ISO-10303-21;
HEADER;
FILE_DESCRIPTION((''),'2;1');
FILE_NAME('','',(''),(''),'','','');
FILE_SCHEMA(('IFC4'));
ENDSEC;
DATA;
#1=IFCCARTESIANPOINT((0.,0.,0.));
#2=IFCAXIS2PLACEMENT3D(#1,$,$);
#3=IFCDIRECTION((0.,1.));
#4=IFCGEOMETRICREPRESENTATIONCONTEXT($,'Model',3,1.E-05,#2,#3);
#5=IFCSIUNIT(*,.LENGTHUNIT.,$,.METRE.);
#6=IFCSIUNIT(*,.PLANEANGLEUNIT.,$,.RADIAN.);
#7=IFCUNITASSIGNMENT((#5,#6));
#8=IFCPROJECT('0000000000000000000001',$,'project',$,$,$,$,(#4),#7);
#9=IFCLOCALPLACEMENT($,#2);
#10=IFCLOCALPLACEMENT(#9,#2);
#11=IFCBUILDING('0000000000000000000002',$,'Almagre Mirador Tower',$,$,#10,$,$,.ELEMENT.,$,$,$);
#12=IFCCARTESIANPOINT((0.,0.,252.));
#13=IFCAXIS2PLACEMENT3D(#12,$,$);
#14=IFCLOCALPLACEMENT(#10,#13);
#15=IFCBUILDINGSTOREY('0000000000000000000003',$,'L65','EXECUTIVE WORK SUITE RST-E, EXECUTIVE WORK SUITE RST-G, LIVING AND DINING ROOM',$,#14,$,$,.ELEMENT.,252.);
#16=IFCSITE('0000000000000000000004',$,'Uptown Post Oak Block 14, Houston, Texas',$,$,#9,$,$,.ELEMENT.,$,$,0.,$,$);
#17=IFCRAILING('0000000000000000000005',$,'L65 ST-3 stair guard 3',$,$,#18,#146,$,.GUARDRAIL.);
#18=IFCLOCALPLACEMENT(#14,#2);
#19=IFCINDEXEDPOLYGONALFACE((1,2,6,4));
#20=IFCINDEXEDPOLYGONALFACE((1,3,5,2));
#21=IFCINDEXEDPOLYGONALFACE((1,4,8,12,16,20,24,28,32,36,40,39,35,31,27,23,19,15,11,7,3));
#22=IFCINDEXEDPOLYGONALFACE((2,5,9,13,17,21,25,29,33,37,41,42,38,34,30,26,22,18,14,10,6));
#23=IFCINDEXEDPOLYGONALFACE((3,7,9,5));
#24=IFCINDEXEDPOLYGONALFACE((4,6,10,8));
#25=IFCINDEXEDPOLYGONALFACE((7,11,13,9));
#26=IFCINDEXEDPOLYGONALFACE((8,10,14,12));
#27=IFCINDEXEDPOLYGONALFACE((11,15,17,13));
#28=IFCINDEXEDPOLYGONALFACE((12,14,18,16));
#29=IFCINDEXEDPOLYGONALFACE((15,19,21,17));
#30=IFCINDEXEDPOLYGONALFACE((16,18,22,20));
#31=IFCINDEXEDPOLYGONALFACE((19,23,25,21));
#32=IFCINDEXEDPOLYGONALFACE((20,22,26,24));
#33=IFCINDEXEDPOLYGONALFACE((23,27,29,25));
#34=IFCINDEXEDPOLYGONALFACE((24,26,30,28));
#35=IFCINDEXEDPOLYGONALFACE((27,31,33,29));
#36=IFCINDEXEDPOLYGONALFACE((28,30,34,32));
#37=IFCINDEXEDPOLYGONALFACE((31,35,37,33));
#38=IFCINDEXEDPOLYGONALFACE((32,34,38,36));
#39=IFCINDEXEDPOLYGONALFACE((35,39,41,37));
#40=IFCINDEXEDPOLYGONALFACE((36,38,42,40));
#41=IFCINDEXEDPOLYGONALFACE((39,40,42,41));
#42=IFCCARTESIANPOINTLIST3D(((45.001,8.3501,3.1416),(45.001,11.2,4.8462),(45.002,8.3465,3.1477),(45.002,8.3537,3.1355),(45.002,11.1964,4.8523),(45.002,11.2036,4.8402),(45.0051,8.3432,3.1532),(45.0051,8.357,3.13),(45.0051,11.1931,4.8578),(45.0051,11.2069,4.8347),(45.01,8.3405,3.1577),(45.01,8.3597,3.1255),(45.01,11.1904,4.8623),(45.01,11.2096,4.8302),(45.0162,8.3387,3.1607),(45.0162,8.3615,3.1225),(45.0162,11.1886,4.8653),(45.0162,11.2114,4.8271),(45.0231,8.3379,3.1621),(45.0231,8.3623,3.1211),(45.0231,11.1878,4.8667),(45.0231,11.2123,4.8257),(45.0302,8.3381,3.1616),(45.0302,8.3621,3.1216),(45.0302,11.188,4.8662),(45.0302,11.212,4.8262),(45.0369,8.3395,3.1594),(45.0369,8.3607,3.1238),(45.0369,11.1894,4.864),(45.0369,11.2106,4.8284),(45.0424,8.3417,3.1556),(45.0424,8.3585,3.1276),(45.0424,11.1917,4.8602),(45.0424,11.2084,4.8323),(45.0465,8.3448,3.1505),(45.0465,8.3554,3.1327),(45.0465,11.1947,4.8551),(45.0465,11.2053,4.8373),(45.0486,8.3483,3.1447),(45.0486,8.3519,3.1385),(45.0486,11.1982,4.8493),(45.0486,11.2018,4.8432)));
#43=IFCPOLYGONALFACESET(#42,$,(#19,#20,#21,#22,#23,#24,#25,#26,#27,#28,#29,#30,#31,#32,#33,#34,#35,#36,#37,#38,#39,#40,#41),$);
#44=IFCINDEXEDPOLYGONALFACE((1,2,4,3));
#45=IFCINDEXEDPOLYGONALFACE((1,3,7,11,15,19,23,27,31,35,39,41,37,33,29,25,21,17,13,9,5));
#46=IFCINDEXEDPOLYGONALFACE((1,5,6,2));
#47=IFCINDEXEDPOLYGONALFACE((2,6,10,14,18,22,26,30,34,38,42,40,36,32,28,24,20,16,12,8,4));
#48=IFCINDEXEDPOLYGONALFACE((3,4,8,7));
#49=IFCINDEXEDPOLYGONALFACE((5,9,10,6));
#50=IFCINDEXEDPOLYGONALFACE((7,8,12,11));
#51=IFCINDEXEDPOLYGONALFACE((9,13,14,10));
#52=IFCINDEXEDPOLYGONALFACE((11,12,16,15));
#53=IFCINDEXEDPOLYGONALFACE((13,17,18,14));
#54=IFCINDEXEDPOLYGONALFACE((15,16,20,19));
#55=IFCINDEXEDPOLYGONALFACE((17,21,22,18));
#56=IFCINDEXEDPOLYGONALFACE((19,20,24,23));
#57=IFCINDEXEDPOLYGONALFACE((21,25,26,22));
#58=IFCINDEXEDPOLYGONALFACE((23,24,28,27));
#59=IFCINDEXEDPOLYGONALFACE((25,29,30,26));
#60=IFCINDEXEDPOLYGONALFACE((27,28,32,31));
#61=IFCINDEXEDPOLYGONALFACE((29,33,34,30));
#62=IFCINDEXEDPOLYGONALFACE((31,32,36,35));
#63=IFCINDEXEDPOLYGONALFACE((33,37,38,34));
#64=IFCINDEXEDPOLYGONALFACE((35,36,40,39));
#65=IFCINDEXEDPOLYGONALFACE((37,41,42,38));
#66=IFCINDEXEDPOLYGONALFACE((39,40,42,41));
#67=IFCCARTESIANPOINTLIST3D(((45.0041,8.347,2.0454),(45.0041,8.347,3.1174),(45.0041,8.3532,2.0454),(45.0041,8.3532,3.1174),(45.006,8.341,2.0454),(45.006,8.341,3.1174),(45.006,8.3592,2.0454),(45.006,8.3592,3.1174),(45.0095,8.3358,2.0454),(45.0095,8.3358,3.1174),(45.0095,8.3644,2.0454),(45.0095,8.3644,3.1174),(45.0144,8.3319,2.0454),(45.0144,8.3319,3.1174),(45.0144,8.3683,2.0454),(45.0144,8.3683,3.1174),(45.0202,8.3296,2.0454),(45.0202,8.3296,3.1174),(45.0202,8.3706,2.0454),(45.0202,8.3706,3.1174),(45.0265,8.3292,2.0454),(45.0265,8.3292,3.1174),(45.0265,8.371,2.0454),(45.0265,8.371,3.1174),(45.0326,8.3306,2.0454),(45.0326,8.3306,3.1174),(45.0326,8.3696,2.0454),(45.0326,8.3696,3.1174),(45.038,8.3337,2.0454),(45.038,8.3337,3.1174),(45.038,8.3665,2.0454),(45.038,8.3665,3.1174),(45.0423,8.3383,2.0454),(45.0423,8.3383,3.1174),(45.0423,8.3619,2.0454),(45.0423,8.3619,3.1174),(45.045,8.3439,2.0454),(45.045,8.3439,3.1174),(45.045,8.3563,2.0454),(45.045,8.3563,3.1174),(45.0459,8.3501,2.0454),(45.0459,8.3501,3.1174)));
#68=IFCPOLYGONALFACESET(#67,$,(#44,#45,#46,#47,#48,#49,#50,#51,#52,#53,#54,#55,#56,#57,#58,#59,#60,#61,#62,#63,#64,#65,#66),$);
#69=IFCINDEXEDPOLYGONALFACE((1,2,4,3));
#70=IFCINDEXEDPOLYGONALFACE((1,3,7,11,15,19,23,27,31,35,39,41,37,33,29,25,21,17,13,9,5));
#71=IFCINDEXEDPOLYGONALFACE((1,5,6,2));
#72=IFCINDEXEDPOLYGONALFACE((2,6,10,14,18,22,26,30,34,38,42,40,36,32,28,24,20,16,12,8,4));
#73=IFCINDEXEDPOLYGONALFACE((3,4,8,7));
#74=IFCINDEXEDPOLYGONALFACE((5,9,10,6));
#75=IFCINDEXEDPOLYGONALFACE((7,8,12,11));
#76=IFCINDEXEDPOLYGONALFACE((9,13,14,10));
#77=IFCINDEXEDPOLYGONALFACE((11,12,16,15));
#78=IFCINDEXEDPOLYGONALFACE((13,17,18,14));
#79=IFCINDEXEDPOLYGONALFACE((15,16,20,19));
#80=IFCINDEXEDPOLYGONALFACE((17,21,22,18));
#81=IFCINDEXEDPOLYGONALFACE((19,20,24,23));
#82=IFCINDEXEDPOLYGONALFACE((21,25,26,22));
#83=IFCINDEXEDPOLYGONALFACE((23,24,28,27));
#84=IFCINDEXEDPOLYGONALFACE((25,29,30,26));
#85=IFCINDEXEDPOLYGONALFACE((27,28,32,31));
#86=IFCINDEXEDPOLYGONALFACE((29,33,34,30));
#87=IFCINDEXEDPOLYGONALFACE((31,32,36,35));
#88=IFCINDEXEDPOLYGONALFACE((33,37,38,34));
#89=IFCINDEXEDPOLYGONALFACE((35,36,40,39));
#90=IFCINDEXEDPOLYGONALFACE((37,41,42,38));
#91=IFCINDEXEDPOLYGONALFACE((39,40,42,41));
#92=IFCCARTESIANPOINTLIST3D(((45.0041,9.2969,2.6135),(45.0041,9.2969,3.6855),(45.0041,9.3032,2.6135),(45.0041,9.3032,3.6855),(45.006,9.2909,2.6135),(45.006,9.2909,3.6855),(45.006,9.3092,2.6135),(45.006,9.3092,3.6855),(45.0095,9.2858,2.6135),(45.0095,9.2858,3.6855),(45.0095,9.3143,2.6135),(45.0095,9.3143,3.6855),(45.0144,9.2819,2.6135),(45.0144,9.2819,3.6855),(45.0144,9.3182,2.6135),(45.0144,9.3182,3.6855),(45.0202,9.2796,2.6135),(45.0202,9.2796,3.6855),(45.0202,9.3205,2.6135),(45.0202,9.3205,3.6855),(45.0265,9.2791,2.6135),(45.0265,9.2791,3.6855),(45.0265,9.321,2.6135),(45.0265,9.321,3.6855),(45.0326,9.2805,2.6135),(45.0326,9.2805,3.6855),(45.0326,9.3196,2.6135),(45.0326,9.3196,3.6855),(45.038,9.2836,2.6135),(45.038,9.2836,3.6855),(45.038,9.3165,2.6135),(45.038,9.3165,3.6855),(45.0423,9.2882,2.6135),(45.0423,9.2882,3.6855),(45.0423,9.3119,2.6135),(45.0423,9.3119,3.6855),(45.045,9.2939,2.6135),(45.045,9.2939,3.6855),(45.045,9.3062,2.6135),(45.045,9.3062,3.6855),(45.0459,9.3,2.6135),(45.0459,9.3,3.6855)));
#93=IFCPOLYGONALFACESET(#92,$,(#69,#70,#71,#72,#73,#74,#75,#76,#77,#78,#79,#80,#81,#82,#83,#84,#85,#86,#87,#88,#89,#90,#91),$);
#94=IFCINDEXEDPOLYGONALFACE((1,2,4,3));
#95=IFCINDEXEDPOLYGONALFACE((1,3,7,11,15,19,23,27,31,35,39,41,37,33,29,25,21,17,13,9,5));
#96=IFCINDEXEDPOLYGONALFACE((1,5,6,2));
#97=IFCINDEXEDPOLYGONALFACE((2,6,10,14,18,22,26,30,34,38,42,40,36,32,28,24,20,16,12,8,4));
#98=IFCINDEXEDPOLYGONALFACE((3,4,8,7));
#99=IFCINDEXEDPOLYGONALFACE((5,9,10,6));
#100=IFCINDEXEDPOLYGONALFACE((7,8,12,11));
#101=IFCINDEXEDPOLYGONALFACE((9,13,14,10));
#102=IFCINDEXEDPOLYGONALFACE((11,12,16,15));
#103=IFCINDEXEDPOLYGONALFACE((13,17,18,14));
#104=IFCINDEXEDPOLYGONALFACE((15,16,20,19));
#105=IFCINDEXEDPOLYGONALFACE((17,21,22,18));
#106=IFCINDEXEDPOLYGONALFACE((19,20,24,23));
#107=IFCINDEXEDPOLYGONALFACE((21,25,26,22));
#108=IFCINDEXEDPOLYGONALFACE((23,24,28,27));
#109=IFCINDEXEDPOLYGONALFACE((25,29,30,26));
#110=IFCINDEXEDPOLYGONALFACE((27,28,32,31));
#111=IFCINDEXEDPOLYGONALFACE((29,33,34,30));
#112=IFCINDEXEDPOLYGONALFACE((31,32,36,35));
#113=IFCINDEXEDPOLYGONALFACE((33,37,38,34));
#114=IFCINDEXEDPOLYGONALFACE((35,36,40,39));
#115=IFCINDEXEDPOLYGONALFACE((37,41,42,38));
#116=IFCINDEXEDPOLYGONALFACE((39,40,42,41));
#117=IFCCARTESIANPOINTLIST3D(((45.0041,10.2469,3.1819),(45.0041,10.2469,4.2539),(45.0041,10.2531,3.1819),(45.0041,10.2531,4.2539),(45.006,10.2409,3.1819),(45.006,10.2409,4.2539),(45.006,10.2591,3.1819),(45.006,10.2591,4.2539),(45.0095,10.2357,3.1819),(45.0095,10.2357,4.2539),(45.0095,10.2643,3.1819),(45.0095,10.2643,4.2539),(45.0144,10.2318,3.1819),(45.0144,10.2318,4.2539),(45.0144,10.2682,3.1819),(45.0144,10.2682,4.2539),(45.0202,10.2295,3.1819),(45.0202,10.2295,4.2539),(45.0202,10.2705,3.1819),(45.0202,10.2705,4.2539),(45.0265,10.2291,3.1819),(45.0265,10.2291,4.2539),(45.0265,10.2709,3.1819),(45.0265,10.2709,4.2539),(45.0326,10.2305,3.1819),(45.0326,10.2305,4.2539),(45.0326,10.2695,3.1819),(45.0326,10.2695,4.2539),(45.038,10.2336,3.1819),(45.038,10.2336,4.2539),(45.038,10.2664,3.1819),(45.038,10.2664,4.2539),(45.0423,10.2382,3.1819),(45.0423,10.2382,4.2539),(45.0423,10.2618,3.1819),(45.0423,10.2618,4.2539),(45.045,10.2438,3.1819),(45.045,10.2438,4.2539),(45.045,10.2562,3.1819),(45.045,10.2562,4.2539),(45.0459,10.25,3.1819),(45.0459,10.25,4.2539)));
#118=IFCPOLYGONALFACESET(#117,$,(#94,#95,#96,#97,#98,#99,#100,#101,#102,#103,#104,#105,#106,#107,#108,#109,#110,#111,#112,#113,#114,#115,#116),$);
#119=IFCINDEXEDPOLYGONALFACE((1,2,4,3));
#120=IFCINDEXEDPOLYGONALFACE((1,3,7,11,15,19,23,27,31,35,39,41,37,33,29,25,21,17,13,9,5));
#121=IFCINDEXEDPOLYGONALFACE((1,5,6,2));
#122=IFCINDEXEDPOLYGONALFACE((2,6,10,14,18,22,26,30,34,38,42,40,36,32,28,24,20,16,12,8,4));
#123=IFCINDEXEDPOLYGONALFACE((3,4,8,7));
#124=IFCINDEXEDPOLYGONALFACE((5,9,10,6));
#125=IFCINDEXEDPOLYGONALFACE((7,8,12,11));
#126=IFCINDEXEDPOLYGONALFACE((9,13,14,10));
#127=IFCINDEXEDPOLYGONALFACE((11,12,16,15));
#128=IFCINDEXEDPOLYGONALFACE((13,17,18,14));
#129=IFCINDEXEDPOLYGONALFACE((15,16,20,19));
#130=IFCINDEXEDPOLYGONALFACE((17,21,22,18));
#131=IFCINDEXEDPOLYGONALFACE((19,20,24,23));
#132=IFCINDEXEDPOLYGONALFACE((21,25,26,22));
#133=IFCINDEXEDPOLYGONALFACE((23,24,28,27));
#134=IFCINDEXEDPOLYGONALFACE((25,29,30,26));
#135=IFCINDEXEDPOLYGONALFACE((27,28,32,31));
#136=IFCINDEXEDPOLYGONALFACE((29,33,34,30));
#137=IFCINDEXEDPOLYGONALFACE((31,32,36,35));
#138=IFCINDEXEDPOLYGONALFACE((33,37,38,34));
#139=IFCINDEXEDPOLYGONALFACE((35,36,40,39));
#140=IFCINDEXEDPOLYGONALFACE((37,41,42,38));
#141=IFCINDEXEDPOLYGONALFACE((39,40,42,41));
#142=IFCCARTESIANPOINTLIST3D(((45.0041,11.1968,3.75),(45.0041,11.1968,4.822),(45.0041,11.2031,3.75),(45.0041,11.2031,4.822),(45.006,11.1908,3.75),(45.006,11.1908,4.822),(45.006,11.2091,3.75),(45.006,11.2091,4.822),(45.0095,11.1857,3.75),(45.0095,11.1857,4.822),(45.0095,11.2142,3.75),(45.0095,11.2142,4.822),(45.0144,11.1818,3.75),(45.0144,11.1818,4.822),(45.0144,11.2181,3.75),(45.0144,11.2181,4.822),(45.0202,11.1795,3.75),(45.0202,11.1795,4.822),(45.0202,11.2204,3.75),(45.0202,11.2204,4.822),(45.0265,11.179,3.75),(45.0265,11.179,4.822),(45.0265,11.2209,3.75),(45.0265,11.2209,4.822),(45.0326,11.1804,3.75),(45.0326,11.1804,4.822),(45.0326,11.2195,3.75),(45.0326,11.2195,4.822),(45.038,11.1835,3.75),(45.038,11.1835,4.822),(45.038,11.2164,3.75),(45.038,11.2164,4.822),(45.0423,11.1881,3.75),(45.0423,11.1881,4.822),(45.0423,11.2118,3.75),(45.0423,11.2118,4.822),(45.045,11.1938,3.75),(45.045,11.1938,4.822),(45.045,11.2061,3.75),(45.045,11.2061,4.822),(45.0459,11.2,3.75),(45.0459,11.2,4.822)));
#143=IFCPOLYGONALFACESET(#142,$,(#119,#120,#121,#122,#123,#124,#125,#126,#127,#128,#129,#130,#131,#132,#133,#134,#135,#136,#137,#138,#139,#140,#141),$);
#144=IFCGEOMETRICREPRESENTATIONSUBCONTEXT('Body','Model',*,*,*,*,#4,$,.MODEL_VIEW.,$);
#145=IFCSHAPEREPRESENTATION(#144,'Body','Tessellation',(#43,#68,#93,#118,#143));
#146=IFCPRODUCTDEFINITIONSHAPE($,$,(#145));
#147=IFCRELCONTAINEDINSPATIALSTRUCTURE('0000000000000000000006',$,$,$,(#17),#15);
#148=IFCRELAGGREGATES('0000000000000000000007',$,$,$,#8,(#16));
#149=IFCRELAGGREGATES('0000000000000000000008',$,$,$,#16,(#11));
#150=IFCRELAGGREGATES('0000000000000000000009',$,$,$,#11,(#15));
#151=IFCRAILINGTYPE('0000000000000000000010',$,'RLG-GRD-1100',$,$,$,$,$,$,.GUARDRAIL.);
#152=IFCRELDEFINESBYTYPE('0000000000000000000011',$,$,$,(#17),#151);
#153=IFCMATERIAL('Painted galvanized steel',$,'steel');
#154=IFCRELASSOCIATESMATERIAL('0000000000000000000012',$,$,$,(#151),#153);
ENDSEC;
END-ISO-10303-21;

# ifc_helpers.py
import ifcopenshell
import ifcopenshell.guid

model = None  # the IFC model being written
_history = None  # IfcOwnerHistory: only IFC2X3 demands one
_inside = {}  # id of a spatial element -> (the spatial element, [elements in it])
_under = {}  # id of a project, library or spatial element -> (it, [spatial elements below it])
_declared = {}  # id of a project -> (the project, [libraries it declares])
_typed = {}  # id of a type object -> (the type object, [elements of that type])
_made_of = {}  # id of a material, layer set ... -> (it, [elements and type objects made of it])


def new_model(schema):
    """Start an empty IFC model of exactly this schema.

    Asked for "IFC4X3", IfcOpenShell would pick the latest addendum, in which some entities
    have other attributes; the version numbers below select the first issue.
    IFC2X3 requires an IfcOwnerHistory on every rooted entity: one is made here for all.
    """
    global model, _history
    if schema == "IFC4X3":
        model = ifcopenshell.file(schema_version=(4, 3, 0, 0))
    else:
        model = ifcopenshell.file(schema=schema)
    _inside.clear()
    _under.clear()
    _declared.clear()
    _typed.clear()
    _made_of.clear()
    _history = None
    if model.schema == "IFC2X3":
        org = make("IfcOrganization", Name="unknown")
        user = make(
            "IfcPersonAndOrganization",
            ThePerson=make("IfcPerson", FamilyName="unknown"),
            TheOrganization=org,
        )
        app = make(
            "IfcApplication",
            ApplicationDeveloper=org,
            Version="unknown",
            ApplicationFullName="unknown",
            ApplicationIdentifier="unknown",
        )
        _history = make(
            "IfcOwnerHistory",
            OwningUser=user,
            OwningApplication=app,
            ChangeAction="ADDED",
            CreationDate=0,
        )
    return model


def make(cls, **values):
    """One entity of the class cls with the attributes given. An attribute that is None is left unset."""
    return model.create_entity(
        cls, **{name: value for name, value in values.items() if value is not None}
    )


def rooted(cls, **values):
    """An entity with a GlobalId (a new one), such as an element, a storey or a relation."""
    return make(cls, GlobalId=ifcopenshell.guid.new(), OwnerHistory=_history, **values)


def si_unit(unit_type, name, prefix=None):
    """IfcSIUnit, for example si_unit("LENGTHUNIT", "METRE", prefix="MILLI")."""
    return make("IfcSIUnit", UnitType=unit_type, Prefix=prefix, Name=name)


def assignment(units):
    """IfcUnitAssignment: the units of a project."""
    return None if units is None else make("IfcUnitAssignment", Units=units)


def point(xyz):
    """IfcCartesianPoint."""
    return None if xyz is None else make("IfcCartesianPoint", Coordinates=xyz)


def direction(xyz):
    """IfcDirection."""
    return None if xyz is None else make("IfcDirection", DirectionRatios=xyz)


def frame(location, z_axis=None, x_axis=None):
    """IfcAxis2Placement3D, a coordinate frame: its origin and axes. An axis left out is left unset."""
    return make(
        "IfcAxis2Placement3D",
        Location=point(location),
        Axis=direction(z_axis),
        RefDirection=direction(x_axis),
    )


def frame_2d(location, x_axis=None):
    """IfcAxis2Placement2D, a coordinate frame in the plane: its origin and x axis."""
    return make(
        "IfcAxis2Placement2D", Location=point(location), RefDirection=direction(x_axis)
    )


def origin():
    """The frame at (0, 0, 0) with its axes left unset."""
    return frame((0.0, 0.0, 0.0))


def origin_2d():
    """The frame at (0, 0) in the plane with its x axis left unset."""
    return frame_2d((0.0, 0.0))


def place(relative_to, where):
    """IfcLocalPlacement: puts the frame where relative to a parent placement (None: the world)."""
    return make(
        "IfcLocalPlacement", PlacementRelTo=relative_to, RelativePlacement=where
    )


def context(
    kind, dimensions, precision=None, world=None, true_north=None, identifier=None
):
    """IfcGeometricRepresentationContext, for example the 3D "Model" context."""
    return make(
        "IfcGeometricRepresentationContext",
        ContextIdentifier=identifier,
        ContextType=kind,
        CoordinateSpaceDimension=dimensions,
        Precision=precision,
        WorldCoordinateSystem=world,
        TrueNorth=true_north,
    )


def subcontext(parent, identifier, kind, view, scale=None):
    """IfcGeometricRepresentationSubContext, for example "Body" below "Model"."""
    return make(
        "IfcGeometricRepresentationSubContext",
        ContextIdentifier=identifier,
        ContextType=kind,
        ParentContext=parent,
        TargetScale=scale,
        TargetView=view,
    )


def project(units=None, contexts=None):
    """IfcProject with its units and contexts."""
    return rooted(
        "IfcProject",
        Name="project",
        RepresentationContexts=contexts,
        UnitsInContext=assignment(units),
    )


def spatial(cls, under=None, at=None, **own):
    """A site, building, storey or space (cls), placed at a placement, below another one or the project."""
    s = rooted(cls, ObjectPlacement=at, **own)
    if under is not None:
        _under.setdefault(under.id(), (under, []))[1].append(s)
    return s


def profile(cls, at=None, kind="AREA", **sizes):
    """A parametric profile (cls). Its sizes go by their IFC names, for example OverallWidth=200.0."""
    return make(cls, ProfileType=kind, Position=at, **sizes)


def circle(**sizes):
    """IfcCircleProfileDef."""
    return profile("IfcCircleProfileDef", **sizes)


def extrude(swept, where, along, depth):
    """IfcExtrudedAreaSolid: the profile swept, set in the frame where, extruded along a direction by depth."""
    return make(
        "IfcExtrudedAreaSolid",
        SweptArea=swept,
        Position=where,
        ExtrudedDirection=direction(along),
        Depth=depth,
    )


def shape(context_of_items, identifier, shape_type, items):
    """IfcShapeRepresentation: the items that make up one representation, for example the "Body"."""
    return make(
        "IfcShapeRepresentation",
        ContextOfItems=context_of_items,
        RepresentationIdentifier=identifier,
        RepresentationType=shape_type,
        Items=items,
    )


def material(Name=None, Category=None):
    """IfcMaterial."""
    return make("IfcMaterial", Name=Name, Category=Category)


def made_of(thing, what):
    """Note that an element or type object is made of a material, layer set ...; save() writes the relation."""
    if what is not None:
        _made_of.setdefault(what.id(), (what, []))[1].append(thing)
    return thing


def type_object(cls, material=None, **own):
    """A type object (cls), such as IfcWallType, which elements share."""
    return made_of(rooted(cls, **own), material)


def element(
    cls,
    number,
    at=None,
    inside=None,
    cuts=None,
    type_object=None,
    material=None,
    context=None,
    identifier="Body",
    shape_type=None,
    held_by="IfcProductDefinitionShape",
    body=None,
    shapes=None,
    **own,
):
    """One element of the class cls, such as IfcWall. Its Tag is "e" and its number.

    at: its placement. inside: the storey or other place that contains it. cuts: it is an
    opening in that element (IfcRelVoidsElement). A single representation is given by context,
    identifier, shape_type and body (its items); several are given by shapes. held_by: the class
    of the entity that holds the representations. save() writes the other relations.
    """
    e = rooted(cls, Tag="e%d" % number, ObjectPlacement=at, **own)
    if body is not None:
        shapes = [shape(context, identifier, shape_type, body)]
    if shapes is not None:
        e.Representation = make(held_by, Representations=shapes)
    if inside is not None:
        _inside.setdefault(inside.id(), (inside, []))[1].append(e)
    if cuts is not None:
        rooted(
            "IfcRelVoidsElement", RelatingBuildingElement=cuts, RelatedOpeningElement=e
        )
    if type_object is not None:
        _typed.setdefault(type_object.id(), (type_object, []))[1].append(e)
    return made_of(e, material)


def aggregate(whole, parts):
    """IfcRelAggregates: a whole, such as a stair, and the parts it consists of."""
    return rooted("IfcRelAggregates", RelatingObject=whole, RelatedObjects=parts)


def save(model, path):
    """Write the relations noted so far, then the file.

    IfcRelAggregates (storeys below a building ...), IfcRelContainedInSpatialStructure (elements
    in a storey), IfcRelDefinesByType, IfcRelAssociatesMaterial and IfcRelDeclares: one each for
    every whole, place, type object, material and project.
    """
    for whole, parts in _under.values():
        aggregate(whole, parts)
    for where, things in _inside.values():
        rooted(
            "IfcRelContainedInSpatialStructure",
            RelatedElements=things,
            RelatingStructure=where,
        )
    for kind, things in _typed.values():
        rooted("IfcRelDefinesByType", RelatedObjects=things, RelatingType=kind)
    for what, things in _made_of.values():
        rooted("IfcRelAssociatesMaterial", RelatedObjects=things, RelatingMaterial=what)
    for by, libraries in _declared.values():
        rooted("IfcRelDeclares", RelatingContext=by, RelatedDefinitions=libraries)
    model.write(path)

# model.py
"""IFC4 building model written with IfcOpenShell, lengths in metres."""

from ifc_helpers import new_model, si_unit, direction, frame, origin, origin_2d, place, context, subcontext, project, spatial, circle, extrude, material, type_object, element, save


model = new_model("IFC4")

# Units and contexts
model_context = context("Model", 3, precision=1e-05, world=origin(), true_north=direction((0.0, 1.0)))
body_context = subcontext(model_context, "Body", "Model", "MODEL_VIEW")
ifc_project = project(units=[si_unit("LENGTHUNIT", "METRE"), si_unit("PLANEANGLEUNIT", "RADIAN")], contexts=[model_context])

# Site, building, storey
site_placement = place(None, origin())
site = spatial("IfcSite", under=ifc_project, at=site_placement, Name="Uptown Post Oak Block 14, Houston, Texas", CompositionType="ELEMENT", RefElevation=0.0)
building_placement = place(site_placement, origin())
building = spatial("IfcBuilding", under=site, at=building_placement, Name="Almagre Mirador Tower", CompositionType="ELEMENT")
storey_placement = place(building_placement, frame((0.0, 0.0, 252.0)))
storey = spatial("IfcBuildingStorey", under=building, at=storey_placement, Name="L65", Description="EXECUTIVE WORK SUITE RST-E, EXECUTIVE WORK SUITE RST-G, LIVING AND DINING ROOM", CompositionType="ELEMENT", Elevation=252.0)

# Railing
ifc_material_1 = material(Name="Painted galvanized steel", Category="steel")
railing_type_1 = type_object("IfcRailingType", Name="RLG-GRD-1100", PredefinedType="GUARDRAIL", material=ifc_material_1)
railing_1_placement = place(storey_placement, frame((45.0249, 8.3501, 2.0454)))
element("IfcRailing", 1, at=railing_1_placement, inside=storey, type_object=railing_type_1, Name="L65 ST-3 stair guard 3", PredefinedType="GUARDRAIL", context=body_context, shape_type="SweptSolid", body=[
    extrude(circle(Radius=0.0239, at=origin_2d()), frame((0.0, 0.0, 1.0962), z_axis=(0.0, 0.858199, 0.513317), x_axis=(-1.0, 0.0, 0.0)), (0.0, 0.0, 1.0), 3.3208),
    extrude(circle(Radius=0.021, at=origin_2d()), origin(), (0.0, 0.0, 1.0), 1.072),
    extrude(circle(Radius=0.021, at=origin_2d()), frame((0.0, 0.95, 0.5681)), (0.0, 0.0, 1.0), 1.072),
    extrude(circle(Radius=0.021, at=origin_2d()), frame((0.0, 1.8999, 1.1365)), (0.0, 0.0, 1.0), 1.072),
    extrude(circle(Radius=0.021, at=origin_2d()), frame((0.0, 2.8499, 1.7046)), (0.0, 0.0, 1.0), 1.072),
])

save(model, "model.ifc")
